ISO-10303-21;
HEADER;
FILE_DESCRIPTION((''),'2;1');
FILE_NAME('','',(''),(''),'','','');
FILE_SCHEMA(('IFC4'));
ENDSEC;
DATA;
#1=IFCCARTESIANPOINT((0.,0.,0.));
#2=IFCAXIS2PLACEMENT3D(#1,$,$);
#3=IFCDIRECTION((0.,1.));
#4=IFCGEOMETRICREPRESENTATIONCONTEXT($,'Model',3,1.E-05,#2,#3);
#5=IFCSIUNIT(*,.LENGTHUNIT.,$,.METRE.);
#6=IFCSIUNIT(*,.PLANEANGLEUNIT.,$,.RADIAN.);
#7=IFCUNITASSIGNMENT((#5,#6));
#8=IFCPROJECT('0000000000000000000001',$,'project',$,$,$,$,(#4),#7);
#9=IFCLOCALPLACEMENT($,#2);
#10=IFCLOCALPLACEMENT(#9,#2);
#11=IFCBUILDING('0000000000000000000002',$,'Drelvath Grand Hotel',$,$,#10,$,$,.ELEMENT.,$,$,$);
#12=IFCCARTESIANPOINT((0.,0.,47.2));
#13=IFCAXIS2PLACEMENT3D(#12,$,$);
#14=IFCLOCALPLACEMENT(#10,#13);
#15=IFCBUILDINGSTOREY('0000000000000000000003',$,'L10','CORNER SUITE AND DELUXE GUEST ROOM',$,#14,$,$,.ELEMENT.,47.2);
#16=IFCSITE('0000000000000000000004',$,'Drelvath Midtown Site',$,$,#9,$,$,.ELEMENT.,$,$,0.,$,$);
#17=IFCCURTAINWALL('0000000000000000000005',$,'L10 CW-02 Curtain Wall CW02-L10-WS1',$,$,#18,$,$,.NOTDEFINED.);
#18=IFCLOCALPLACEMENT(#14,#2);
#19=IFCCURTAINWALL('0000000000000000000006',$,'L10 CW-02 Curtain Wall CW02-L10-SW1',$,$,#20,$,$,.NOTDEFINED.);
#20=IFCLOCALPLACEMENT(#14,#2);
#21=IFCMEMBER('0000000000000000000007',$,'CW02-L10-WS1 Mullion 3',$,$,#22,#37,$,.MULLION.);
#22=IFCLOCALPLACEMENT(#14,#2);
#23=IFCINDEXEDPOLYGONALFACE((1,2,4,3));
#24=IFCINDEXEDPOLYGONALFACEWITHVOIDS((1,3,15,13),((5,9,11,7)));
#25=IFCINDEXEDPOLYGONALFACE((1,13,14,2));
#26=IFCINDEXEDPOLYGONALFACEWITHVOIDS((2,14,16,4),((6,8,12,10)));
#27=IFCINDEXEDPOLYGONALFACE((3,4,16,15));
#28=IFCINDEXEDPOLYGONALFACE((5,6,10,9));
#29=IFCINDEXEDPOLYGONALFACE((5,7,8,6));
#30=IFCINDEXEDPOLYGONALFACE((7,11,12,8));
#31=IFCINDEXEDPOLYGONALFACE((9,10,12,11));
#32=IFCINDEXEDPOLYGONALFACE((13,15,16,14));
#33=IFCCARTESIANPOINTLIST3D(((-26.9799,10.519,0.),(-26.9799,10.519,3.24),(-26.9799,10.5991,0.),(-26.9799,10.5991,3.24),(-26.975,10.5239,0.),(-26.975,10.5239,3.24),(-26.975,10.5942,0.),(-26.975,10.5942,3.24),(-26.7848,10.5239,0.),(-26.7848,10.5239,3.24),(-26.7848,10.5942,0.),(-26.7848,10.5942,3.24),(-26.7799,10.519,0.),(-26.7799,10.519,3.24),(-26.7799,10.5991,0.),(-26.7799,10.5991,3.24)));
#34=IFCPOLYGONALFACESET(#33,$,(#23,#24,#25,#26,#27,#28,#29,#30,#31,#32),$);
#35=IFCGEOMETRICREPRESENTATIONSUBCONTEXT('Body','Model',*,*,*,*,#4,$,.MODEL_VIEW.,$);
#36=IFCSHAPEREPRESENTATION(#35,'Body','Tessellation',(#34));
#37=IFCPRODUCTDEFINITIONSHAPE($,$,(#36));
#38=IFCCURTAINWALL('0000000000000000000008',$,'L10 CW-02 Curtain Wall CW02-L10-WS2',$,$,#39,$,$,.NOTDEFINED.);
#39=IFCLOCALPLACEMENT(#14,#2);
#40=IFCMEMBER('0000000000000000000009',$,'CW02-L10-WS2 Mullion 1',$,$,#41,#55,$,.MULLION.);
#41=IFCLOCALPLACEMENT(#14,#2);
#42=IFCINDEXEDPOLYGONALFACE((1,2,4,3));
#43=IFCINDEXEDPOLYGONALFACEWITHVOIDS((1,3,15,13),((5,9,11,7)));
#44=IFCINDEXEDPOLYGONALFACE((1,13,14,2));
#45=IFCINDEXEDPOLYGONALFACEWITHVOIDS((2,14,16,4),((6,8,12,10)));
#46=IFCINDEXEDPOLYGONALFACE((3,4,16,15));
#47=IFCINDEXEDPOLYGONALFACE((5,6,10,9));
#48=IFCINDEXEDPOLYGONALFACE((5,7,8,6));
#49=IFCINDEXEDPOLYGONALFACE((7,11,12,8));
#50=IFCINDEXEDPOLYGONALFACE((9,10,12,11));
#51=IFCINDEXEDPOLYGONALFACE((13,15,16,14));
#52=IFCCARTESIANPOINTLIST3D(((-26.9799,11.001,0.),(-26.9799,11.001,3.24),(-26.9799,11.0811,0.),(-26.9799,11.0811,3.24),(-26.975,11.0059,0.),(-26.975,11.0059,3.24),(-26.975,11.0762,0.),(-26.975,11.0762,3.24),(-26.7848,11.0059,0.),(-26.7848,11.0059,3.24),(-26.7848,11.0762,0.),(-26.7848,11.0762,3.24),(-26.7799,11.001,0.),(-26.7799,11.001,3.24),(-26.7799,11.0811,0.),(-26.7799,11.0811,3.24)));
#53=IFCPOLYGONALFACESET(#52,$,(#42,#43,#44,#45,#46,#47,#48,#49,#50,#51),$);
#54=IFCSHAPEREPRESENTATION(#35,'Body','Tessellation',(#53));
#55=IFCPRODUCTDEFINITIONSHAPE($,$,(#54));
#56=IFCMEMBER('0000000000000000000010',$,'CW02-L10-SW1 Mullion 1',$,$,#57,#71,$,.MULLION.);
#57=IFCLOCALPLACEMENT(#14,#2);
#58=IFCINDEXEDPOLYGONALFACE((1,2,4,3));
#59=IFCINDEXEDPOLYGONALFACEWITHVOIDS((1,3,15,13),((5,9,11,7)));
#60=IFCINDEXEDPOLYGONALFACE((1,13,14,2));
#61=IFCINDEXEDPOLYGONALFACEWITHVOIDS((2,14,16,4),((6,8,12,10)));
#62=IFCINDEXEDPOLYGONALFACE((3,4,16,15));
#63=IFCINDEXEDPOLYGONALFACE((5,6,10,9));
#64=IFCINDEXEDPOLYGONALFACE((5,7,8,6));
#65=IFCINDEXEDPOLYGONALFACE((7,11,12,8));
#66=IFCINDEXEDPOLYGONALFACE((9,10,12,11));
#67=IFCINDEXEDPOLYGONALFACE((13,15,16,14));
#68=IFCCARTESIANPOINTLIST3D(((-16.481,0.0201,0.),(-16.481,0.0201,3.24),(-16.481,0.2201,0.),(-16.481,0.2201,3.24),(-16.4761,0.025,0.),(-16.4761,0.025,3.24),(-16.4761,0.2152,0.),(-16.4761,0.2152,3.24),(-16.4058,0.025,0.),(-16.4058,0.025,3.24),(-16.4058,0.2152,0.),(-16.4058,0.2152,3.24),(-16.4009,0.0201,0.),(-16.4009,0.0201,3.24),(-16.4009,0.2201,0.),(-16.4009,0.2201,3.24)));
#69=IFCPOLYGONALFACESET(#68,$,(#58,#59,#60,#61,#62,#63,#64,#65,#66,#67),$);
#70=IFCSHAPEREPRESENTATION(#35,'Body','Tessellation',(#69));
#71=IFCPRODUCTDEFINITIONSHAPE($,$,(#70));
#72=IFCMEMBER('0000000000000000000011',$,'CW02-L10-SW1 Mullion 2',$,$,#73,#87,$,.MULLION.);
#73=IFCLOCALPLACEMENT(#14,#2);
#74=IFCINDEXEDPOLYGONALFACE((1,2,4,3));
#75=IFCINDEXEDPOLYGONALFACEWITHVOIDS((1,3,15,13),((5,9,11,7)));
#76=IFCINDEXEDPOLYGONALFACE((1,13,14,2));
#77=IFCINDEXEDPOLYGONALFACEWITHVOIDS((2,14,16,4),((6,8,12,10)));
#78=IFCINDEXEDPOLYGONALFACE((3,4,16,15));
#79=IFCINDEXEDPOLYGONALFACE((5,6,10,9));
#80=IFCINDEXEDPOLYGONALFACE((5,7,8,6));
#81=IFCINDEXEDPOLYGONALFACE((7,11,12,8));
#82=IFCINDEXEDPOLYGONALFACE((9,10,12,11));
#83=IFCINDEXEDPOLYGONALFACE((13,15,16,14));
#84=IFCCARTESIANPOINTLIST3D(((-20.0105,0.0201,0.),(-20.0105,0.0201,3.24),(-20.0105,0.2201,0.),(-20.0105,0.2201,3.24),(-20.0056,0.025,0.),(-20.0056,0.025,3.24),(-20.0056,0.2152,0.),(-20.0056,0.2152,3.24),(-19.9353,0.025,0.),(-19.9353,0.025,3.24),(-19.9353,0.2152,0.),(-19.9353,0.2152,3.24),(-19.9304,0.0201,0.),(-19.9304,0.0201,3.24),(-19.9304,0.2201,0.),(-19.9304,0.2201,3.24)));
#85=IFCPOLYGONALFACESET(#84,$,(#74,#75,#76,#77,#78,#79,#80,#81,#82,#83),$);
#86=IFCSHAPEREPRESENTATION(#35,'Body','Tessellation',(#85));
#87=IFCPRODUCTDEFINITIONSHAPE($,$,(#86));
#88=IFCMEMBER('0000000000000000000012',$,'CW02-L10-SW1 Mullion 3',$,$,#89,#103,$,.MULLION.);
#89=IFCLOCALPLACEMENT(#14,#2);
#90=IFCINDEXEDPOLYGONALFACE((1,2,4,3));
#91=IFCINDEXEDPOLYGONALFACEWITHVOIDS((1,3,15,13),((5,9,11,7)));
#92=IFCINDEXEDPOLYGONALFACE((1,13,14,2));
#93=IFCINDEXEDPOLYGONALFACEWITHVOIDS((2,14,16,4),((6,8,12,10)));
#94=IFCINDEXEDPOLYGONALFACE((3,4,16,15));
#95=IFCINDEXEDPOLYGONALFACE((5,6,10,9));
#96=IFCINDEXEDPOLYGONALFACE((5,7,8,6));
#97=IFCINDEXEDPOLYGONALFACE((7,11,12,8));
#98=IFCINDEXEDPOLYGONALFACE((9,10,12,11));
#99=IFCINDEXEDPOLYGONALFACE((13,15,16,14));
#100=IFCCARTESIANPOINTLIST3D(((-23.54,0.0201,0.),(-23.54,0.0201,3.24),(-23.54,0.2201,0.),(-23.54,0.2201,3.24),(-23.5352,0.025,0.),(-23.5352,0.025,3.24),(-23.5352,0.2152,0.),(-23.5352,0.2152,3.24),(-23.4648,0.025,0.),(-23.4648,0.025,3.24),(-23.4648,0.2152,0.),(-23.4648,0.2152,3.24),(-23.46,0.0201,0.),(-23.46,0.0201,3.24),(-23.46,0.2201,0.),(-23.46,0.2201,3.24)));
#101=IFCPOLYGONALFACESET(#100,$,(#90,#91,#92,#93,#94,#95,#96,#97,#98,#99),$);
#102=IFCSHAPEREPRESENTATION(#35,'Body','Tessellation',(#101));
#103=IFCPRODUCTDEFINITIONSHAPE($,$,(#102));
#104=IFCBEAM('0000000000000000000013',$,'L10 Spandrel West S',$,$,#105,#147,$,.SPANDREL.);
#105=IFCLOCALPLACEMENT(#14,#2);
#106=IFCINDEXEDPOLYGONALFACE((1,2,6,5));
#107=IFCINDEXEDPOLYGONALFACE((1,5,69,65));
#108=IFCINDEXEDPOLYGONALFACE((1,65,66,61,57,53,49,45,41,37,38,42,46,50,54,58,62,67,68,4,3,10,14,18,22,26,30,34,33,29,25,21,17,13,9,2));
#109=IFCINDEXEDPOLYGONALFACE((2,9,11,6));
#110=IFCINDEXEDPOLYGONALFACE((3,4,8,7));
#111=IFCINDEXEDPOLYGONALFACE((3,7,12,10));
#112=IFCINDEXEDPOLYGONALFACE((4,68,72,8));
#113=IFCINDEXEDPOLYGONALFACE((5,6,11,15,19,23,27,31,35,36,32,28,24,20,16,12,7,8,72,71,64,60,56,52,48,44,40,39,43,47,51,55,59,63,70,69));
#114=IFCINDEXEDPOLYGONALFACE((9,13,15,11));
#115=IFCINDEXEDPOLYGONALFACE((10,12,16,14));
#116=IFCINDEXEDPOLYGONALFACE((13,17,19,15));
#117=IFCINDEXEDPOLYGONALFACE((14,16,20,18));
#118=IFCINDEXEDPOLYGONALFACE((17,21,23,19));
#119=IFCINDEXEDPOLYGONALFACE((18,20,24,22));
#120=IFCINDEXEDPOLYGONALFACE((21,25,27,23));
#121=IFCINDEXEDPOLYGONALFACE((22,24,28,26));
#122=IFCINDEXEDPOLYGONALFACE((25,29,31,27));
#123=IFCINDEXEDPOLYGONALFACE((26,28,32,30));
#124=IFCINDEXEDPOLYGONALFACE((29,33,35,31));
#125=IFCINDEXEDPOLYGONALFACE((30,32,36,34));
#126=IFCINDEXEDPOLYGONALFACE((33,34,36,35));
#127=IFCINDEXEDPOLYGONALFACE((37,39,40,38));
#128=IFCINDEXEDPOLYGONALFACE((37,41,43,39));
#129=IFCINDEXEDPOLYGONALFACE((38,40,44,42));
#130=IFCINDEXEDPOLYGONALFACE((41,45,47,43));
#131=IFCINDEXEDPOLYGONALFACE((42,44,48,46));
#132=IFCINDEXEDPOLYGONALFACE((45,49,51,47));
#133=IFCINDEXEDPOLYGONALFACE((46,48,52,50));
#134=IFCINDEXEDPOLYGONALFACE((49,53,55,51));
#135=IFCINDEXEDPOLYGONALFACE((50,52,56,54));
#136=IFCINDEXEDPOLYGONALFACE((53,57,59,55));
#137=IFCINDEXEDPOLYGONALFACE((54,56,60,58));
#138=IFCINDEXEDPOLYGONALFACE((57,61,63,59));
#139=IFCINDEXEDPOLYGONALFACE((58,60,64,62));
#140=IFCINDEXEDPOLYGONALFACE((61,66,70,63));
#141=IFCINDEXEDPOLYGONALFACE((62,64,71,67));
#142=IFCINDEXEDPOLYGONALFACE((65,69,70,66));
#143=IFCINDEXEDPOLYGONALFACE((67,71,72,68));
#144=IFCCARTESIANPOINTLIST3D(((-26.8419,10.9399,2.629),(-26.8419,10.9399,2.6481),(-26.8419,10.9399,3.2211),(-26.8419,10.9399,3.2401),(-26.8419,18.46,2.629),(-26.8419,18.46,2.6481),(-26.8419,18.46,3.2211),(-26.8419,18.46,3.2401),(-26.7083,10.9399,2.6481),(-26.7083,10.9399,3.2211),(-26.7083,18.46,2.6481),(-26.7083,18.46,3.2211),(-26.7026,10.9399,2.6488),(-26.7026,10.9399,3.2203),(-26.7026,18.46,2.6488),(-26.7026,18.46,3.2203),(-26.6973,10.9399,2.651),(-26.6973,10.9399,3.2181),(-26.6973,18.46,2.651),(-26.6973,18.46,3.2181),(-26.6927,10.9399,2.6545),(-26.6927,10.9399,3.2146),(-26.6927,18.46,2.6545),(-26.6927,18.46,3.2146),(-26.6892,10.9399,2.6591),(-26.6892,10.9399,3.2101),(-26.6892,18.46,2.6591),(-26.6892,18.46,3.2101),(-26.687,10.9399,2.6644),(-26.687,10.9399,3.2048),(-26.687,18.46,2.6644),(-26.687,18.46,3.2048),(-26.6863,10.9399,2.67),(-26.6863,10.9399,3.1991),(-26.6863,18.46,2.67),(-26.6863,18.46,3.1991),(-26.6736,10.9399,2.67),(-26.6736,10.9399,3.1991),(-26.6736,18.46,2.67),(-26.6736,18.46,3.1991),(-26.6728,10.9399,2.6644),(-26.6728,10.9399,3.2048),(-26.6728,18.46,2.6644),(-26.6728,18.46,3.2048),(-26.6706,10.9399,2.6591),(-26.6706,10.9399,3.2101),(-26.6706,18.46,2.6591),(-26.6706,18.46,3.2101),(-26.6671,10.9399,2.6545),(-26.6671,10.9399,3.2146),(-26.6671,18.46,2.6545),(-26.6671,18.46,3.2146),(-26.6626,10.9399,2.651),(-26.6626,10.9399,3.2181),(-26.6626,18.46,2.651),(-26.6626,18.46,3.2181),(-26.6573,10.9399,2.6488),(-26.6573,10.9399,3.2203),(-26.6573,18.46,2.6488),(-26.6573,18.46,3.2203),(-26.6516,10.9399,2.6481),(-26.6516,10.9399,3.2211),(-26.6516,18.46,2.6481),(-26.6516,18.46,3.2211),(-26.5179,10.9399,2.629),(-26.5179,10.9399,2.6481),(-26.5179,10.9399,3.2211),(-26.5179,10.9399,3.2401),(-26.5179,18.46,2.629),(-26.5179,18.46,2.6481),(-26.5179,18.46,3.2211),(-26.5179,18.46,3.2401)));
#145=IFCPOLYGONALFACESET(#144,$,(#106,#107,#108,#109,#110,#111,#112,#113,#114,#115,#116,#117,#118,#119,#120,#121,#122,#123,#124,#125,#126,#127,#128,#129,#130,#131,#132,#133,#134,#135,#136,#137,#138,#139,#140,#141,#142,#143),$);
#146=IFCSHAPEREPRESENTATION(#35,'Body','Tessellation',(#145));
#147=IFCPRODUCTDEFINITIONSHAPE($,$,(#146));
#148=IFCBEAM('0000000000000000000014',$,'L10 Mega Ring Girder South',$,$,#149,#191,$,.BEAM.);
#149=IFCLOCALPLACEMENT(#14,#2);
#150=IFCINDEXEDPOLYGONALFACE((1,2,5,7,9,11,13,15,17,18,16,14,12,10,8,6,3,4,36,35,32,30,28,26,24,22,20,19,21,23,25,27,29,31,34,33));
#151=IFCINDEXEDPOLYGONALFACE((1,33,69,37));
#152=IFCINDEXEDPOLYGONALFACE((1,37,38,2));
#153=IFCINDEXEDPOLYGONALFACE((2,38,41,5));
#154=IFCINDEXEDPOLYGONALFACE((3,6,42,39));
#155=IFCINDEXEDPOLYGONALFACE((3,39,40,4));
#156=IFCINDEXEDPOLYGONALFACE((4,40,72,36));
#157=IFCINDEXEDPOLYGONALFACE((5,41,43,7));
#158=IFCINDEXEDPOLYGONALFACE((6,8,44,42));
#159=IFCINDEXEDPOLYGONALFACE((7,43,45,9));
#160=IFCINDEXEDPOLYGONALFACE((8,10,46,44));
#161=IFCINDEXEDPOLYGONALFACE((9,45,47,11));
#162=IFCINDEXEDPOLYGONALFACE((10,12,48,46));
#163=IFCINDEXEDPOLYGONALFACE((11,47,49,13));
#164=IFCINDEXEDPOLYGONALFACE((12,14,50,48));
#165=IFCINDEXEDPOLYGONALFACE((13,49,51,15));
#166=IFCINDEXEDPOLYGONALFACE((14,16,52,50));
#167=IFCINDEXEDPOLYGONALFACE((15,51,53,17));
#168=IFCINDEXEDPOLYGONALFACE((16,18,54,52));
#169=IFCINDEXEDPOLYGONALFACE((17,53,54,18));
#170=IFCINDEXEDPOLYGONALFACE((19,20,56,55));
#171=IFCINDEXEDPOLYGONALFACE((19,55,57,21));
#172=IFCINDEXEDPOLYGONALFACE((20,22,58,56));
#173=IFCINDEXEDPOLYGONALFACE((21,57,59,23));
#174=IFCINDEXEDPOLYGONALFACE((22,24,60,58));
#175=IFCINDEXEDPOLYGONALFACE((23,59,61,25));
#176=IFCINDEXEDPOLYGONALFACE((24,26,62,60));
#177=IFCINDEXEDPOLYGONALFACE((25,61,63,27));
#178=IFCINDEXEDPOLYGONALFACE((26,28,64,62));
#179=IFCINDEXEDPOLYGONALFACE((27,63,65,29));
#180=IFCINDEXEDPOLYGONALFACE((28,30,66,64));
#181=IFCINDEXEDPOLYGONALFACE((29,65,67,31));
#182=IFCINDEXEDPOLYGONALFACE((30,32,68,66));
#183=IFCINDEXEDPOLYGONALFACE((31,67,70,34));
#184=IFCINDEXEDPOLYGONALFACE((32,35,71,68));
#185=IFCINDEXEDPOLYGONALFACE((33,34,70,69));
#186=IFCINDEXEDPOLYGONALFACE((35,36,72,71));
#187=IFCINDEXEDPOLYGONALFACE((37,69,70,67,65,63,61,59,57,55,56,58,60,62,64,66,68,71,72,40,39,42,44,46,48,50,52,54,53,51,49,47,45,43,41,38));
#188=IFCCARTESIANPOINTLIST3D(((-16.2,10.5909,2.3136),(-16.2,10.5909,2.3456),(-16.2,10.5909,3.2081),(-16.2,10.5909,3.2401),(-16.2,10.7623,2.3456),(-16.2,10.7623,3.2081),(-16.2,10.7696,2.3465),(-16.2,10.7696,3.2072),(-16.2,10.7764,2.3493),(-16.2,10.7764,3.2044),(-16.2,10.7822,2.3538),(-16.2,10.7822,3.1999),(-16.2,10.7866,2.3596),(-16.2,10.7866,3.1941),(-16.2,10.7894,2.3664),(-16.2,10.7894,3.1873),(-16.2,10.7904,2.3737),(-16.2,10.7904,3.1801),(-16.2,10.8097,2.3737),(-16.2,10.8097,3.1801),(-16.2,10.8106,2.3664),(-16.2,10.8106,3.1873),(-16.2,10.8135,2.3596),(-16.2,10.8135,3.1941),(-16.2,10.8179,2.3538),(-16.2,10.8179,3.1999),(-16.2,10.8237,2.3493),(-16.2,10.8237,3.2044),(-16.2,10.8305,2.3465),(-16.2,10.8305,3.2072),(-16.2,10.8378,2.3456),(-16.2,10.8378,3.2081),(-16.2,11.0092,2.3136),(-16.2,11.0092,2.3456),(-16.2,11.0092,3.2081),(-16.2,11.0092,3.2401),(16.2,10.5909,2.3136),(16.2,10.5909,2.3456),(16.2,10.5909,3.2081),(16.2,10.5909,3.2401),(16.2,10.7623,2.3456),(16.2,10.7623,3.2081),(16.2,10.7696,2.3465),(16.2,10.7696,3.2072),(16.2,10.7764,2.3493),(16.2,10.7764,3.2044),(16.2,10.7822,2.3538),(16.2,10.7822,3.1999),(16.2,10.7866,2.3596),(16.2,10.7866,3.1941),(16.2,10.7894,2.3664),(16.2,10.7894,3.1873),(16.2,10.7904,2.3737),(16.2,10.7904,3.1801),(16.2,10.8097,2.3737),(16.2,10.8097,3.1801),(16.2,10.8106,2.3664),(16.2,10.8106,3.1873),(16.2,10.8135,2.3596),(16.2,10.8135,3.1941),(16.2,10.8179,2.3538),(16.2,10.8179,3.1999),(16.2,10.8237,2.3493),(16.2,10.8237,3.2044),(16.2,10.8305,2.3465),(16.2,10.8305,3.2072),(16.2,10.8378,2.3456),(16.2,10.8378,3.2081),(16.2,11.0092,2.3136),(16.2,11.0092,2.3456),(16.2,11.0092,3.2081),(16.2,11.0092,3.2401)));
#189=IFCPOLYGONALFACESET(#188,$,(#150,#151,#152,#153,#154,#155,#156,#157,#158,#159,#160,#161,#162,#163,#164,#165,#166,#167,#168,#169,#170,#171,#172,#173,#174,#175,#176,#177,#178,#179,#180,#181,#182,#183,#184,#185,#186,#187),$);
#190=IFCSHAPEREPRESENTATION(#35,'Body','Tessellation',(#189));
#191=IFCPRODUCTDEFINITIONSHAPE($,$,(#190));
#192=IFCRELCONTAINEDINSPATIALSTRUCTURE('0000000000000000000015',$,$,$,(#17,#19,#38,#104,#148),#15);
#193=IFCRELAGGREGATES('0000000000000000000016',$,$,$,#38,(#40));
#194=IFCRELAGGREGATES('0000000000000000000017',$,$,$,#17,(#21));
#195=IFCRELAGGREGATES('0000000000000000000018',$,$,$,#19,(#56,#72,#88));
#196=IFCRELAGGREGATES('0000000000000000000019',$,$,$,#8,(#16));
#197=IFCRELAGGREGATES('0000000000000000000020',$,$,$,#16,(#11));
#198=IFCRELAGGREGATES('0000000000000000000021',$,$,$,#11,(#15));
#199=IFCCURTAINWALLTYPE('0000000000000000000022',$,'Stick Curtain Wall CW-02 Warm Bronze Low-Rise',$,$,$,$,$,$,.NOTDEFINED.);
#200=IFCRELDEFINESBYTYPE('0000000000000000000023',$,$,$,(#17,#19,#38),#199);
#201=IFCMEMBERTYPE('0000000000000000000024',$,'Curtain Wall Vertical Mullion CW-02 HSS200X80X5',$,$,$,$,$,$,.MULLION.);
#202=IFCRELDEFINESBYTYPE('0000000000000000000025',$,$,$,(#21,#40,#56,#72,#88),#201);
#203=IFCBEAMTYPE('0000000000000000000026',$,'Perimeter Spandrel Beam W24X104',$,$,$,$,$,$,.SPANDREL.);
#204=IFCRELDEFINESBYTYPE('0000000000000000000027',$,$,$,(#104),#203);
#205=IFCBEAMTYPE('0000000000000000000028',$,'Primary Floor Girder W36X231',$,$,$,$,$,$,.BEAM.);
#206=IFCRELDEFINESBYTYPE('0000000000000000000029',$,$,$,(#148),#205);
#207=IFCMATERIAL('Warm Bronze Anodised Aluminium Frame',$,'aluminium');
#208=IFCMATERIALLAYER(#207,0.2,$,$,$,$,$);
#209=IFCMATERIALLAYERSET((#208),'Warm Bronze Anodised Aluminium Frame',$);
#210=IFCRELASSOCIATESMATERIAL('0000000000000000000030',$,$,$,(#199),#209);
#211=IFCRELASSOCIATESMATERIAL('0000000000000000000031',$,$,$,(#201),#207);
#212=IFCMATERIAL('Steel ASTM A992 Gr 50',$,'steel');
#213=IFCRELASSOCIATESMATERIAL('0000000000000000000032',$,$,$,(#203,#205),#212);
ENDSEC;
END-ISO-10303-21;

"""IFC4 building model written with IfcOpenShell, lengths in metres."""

from ifc_helpers import new_model, si_unit, direction, frame, origin, origin_2d, place, context, subcontext, project, spatial, hollow_rectangle, i_section, extrude, material, layer, layer_set, material_profile, profile_set, type_object, element, aggregate, save


model = new_model("IFC4")

# Units and contexts
model_context = context("Model", 3, precision=1e-05, world=origin(), true_north=direction((0.0, 1.0)))
body_context = subcontext(model_context, "Body", "Model", "MODEL_VIEW")
ifc_project = project(units=[si_unit("LENGTHUNIT", "METRE"), si_unit("PLANEANGLEUNIT", "RADIAN")], contexts=[model_context])

# Site, building, storey
site_placement = place(None, origin())
site = spatial("IfcSite", under=ifc_project, at=site_placement, Name="Drelvath Midtown Site", CompositionType="ELEMENT", RefElevation=0.0)
building_placement = place(site_placement, origin())
building = spatial("IfcBuilding", under=site, at=building_placement, Name="Drelvath Grand Hotel", CompositionType="ELEMENT")
storey_placement = place(building_placement, frame((0.0, 0.0, 47.2)))
storey = spatial("IfcBuildingStorey", under=building, at=storey_placement, Name="L10", Description="CORNER SUITE AND DELUXE GUEST ROOM", CompositionType="ELEMENT", Elevation=47.2)

# Curtain walls
ifc_material_1 = material(Name="Warm Bronze Anodised Aluminium Frame", Category="aluminium")
ifc_layer_1 = layer(ifc_material_1, 0.2)
ifc_layer_set_1 = layer_set([ifc_layer_1], Name="Warm Bronze Anodised Aluminium Frame")
curtain_wall_type = type_object("IfcCurtainWallType", Name="Stick Curtain Wall CW-02 Warm Bronze Low-Rise", PredefinedType="NOTDEFINED", material=ifc_layer_set_1)
curtain_wall_1_placement = place(storey_placement, origin())
curtain_wall_1 = element("IfcCurtainWall", 1, at=curtain_wall_1_placement, inside=storey, type_object=curtain_wall_type, Name="L10 CW-02 Curtain Wall CW02-L10-WS1", PredefinedType="NOTDEFINED")
curtain_wall_2_placement = place(storey_placement, origin())
curtain_wall_2 = element("IfcCurtainWall", 2, at=curtain_wall_2_placement, inside=storey, type_object=curtain_wall_type, Name="L10 CW-02 Curtain Wall CW02-L10-SW1", PredefinedType="NOTDEFINED")

# Member
ifc_material_profile_1 = material_profile(ifc_material_1, hollow_rectangle(XDim=0.0801, YDim=0.2, WallThickness=0.0049, at=origin_2d()), Name="HSS200X80X5")
ifc_profile_set_1 = profile_set([ifc_material_profile_1], Name="Warm Bronze Anodised Aluminium Frame")
member_type_1 = type_object("IfcMemberType", Name="Curtain Wall Vertical Mullion CW-02 HSS200X80X5", PredefinedType="MULLION", material=ifc_profile_set_1)
member_1_placement = place(storey_placement, frame((-26.8799, 10.5591, 0.0), z_axis=(0.0, 0.0, 1.0), x_axis=(0.0, 1.0, 0.0)))
member_1 = element("IfcMember", 3, at=member_1_placement, type_object=member_type_1, Name="CW02-L10-WS1 Mullion 3", PredefinedType="MULLION", context=body_context, shape_type="SweptSolid", body=[
    extrude(hollow_rectangle(XDim=0.0801, YDim=0.2, WallThickness=0.0049, at=origin_2d()), origin(), (0.0, 0.0, 1.0), 3.24),
])

# Curtain wall, member
curtain_wall_3_placement = place(storey_placement, origin())
curtain_wall_3 = element("IfcCurtainWall", 4, at=curtain_wall_3_placement, inside=storey, type_object=curtain_wall_type, Name="L10 CW-02 Curtain Wall CW02-L10-WS2", PredefinedType="NOTDEFINED")
member_2_placement = place(storey_placement, frame((-26.8799, 11.041, 0.0), z_axis=(0.0, 0.0, 1.0), x_axis=(0.0, 1.0, 0.0)))
member_2 = element("IfcMember", 5, at=member_2_placement, type_object=member_type_1, Name="CW02-L10-WS2 Mullion 1", PredefinedType="MULLION", context=body_context, shape_type="SweptSolid", body=[
    extrude(hollow_rectangle(XDim=0.0801, YDim=0.2, WallThickness=0.0049, at=origin_2d()), origin(), (0.0, 0.0, 1.0), 3.24),
])
aggregate(curtain_wall_3, [member_2])

# Members
member_3_placement = place(storey_placement, frame((-16.4409, 0.1201, 0.0), z_axis=(0.0, 0.0, 1.0), x_axis=(1.0, 0.0, 0.0)))
member_3 = element("IfcMember", 6, at=member_3_placement, type_object=member_type_1, Name="CW02-L10-SW1 Mullion 1", PredefinedType="MULLION", context=body_context, shape_type="SweptSolid", body=[
    extrude(hollow_rectangle(XDim=0.0801, YDim=0.2, WallThickness=0.0049, at=origin_2d()), origin(), (0.0, 0.0, 1.0), 3.24),
])
member_4_placement = place(storey_placement, frame((-19.9705, 0.1201, 0.0), z_axis=(0.0, 0.0, 1.0), x_axis=(1.0, 0.0, 0.0)))
member_4 = element("IfcMember", 7, at=member_4_placement, type_object=member_type_1, Name="CW02-L10-SW1 Mullion 2", PredefinedType="MULLION", context=body_context, shape_type="SweptSolid", body=[
    extrude(hollow_rectangle(XDim=0.0801, YDim=0.2, WallThickness=0.0049, at=origin_2d()), origin(), (0.0, 0.0, 1.0), 3.24),
])
member_5_placement = place(storey_placement, frame((-23.5, 0.1201, 0.0), z_axis=(0.0, 0.0, 1.0), x_axis=(1.0, 0.0, 0.0)))
member_5 = element("IfcMember", 8, at=member_5_placement, type_object=member_type_1, Name="CW02-L10-SW1 Mullion 3", PredefinedType="MULLION", context=body_context, shape_type="SweptSolid", body=[
    extrude(hollow_rectangle(XDim=0.0801, YDim=0.2, WallThickness=0.0049, at=origin_2d()), origin(), (0.0, 0.0, 1.0), 3.24),
])

# Beams
ifc_material_2 = material(Name="Steel ASTM A992 Gr 50", Category="steel")
ifc_material_profile_2 = material_profile(ifc_material_2, i_section(OverallWidth=0.324, OverallDepth=0.6111, WebThickness=0.0127, FlangeThickness=0.019, FilletRadius=0.022, at=origin_2d()), Name="W24X104")
ifc_profile_set_2 = profile_set([ifc_material_profile_2], Name="Steel ASTM A992 Gr 50")
beam_type_1 = type_object("IfcBeamType", Name="Perimeter Spandrel Beam W24X104", PredefinedType="SPANDREL", material=ifc_profile_set_2)
beam_placement = place(storey_placement, frame((-26.6799, 10.9399, 2.9346), z_axis=(0.0, 1.0, 0.0), x_axis=(-1.0, 0.0, 0.0)))
element("IfcBeam", 9, at=beam_placement, inside=storey, type_object=beam_type_1, Name="L10 Spandrel West S", PredefinedType="SPANDREL", context=body_context, shape_type="SweptSolid", body=[
    extrude(i_section(OverallWidth=0.324, OverallDepth=0.6111, WebThickness=0.0127, FlangeThickness=0.019, FilletRadius=0.022, at=origin_2d()), origin(), (0.0, 0.0, 1.0), 7.52),
])
ifc_material_profile_3 = material_profile(ifc_material_2, i_section(OverallWidth=0.4182, OverallDepth=0.9265, WebThickness=0.0193, FlangeThickness=0.032, FilletRadius=0.0281, at=origin_2d()), Name="W36X231")
ifc_profile_set_3 = profile_set([ifc_material_profile_3], Name="Steel ASTM A992 Gr 50")
beam_type_2 = type_object("IfcBeamType", Name="Primary Floor Girder W36X231", PredefinedType="BEAM", material=ifc_profile_set_3)
for number, where, z_axis, x_axis, name in (
    (10, (-16.2, 10.8, 2.7769), (1.0, 0.0, 0.0), (0.0, 1.0, 0.0), "L10 Mega Ring Girder South"),
):
    element("IfcBeam", number, at=place(storey_placement, frame(where, z_axis=z_axis, x_axis=x_axis)), inside=storey, type_object=beam_type_2, Name=name, PredefinedType="BEAM", context=body_context, shape_type="SweptSolid", body=[
        extrude(i_section(OverallWidth=0.4182, OverallDepth=0.9265, WebThickness=0.0193, FlangeThickness=0.032, FilletRadius=0.0281, at=origin_2d()), origin(), (0.0, 0.0, 1.0), 32.3999),
    ])

aggregate(curtain_wall_1, [member_1])
aggregate(curtain_wall_2, [member_3, member_4, member_5])

save(model, "model.ifc")
